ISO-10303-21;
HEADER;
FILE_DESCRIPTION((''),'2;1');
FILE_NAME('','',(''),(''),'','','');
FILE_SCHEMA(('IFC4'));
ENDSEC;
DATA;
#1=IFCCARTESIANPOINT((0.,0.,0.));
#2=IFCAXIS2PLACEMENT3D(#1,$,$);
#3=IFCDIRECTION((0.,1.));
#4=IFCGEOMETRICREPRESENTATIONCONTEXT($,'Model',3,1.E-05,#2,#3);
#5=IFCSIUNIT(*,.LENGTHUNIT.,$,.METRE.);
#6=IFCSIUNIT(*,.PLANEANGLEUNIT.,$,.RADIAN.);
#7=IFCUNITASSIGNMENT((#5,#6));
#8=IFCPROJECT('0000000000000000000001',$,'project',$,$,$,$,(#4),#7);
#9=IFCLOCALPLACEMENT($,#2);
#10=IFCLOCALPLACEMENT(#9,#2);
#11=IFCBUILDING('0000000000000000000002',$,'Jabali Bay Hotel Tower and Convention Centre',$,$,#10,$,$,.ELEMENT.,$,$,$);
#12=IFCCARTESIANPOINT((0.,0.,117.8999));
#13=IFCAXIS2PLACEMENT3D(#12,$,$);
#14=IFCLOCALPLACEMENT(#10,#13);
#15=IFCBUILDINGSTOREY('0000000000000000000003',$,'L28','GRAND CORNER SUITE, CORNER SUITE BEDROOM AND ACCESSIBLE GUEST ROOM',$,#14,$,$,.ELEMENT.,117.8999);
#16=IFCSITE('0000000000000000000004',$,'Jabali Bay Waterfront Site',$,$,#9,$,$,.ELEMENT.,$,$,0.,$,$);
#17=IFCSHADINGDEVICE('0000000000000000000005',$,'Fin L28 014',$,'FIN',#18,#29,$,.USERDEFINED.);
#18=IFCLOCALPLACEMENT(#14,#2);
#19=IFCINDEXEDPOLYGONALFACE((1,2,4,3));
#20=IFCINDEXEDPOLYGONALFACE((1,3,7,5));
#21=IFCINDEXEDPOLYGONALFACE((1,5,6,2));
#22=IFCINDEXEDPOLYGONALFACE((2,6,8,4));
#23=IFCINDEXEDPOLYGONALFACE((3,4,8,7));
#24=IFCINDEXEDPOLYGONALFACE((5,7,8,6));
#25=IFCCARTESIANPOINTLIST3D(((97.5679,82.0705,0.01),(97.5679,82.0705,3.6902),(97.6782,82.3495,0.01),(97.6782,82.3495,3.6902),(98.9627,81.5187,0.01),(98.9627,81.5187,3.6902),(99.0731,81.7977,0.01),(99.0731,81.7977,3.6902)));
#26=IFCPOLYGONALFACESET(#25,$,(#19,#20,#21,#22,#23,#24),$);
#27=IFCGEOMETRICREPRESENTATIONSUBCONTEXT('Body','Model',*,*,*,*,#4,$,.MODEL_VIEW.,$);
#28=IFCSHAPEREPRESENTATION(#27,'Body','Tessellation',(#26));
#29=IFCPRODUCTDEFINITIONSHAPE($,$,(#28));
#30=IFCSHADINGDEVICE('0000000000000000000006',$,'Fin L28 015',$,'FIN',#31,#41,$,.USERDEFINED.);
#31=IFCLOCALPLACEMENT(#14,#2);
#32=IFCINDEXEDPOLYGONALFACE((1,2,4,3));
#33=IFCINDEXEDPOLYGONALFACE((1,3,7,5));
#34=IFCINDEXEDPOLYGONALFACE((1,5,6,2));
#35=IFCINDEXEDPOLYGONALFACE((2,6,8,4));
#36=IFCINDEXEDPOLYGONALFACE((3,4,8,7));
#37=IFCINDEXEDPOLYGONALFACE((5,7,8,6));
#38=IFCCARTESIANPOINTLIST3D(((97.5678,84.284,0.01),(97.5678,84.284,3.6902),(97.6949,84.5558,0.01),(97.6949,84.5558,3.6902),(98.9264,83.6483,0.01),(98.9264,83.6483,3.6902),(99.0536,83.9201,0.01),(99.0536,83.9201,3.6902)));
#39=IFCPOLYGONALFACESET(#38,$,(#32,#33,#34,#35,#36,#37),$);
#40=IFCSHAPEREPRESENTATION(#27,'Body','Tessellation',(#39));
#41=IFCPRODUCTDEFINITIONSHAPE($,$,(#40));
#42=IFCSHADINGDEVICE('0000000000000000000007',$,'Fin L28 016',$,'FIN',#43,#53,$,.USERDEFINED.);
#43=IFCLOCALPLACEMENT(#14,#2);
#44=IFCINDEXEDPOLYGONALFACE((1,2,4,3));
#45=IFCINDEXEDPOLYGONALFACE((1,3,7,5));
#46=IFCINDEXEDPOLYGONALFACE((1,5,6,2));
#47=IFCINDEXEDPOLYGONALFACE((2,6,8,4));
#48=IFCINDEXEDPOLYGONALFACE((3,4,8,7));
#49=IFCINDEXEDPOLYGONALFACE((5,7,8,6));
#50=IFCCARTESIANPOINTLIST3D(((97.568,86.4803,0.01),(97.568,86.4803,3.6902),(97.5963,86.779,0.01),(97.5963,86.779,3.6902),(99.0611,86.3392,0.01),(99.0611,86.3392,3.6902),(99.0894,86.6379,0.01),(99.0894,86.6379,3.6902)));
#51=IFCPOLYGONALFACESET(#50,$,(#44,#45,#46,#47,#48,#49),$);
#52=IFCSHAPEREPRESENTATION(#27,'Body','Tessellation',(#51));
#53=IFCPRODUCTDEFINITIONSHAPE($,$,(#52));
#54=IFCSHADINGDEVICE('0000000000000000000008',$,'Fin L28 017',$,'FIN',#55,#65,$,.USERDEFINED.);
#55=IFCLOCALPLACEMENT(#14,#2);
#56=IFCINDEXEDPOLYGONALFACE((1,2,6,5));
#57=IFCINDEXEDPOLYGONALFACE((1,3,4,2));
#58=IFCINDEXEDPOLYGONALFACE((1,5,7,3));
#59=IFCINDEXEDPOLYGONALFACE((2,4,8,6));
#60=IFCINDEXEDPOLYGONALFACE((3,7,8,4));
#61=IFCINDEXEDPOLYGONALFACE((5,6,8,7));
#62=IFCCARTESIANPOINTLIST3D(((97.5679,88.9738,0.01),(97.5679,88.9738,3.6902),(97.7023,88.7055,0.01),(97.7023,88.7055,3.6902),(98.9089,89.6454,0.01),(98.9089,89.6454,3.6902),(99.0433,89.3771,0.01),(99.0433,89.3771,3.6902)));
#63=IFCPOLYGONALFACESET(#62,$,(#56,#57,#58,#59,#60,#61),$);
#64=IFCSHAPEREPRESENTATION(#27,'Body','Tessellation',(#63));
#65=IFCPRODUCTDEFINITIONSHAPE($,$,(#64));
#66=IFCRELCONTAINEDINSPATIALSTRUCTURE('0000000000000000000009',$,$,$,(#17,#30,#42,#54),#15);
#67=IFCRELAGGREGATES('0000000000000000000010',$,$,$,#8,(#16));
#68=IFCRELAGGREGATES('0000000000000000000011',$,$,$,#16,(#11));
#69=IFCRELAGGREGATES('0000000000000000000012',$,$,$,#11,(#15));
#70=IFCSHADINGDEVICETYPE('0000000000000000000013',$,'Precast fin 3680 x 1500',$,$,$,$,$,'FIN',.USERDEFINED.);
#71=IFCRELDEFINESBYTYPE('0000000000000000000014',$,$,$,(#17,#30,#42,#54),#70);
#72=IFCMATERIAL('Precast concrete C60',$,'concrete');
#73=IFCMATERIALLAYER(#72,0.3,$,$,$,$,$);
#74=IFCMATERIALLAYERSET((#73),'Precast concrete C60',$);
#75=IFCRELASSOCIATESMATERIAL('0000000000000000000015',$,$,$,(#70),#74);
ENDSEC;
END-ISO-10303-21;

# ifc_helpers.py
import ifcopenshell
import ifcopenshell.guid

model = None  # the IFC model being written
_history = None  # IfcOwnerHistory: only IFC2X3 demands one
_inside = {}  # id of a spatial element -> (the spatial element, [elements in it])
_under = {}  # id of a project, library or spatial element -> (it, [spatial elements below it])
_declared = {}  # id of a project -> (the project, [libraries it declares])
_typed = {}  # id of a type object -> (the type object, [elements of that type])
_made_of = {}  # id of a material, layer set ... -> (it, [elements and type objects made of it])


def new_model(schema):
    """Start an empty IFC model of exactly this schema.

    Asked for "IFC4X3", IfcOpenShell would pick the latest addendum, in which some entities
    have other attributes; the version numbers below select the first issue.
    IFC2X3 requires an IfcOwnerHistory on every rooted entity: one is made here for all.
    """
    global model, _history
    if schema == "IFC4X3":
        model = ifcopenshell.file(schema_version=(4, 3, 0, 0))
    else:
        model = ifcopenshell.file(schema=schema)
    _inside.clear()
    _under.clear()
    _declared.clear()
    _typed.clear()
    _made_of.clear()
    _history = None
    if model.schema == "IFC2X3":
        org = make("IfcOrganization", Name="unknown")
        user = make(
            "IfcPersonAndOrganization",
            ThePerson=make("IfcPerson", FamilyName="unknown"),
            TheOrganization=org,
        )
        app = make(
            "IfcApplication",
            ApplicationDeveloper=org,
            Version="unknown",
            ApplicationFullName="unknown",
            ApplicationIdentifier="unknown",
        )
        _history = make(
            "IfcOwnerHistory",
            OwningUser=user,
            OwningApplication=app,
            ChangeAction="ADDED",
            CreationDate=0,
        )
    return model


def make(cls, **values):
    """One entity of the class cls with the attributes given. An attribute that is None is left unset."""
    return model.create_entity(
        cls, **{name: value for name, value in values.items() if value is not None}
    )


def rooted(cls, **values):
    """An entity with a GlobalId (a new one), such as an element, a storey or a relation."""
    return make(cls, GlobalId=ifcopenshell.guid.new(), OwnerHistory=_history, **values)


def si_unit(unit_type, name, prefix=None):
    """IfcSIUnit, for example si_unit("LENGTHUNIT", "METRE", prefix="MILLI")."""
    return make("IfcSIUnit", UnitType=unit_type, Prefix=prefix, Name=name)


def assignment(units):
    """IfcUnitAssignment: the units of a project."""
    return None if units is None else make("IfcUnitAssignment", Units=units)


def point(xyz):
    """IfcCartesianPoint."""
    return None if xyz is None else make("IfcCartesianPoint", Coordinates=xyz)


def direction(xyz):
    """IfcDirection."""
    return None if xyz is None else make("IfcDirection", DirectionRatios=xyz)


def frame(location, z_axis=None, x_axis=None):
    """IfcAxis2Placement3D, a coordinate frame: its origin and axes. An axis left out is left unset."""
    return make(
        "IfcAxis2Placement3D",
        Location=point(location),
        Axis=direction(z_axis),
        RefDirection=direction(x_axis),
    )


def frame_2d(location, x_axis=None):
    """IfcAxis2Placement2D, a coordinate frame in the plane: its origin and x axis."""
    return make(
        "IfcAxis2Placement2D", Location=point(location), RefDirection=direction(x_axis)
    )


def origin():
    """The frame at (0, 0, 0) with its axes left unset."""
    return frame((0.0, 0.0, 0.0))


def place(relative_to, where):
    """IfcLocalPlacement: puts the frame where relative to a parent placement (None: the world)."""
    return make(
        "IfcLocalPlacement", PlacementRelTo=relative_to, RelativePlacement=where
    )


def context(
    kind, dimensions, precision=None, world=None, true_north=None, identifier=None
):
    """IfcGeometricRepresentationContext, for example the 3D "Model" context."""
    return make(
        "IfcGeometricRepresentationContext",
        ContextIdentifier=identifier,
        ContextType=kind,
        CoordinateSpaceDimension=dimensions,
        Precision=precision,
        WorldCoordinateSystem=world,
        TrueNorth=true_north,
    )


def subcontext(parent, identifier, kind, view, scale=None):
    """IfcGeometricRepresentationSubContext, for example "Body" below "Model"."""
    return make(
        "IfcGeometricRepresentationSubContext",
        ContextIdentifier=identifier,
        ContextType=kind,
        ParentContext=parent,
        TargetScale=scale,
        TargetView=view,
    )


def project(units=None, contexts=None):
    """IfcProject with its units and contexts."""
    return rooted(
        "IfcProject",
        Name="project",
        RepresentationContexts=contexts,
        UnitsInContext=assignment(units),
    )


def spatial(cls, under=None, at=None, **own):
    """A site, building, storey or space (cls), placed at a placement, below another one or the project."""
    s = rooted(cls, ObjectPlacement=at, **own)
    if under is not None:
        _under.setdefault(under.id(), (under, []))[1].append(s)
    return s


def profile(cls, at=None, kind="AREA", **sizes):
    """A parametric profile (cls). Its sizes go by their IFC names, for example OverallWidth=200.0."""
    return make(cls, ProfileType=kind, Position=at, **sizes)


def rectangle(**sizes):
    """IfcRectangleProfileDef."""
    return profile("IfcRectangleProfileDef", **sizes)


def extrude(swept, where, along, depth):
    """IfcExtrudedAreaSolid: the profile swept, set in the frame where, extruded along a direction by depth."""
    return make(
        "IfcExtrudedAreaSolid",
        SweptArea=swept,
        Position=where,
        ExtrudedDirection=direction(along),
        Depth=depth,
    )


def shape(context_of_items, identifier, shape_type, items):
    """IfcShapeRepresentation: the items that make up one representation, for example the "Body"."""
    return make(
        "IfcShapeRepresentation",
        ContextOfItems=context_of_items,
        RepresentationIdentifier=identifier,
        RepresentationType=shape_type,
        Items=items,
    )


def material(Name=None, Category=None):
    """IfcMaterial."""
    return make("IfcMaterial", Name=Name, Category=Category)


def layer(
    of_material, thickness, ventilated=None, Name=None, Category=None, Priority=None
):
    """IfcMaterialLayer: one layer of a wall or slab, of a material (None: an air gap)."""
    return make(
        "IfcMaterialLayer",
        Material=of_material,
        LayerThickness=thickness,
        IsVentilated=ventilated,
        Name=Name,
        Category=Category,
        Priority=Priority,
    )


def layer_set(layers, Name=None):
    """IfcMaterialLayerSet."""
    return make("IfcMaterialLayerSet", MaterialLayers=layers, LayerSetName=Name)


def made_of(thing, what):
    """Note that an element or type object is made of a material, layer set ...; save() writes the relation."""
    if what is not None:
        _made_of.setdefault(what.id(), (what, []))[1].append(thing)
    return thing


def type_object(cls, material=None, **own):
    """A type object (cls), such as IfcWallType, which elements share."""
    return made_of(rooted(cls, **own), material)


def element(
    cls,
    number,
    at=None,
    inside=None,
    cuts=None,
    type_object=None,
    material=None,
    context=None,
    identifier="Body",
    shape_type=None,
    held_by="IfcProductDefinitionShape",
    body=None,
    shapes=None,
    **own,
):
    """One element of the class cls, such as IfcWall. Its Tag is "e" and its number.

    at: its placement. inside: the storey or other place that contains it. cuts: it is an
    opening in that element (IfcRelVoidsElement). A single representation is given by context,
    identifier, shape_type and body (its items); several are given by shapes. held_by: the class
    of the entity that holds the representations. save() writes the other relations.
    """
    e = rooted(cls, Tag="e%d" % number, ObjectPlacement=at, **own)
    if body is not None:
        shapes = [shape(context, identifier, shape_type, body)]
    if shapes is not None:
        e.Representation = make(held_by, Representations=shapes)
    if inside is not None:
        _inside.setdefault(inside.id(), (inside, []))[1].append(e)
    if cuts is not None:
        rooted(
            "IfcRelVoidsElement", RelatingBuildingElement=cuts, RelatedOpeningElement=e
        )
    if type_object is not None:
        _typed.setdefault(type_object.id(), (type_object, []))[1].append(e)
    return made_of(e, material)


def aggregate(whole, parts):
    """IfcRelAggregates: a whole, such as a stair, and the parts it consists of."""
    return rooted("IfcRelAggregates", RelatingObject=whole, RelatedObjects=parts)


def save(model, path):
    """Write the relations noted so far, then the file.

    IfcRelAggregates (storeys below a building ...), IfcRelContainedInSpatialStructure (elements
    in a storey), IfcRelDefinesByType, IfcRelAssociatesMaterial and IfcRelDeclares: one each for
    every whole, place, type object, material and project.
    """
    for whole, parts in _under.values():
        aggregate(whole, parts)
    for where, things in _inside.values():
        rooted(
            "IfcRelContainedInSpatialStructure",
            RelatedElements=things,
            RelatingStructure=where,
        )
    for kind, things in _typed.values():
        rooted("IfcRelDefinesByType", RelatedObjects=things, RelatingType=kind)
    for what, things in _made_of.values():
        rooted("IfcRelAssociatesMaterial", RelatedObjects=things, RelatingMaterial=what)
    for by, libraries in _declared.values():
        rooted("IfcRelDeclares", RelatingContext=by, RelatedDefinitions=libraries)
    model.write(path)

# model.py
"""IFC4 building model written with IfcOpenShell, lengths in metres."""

from ifc_helpers import new_model, si_unit, direction, frame, frame_2d, origin, place, context, subcontext, project, spatial, rectangle, extrude, material, layer, layer_set, type_object, element, save


model = new_model("IFC4")

# Units and contexts
model_context = context("Model", 3, precision=1e-05, world=origin(), true_north=direction((0.0, 1.0)))
body_context = subcontext(model_context, "Body", "Model", "MODEL_VIEW")
ifc_project = project(units=[si_unit("LENGTHUNIT", "METRE"), si_unit("PLANEANGLEUNIT", "RADIAN")], contexts=[model_context])

# Site, building, storey
site_placement = place(None, origin())
site = spatial("IfcSite", under=ifc_project, at=site_placement, Name="Jabali Bay Waterfront Site", CompositionType="ELEMENT", RefElevation=0.0)
building_placement = place(site_placement, origin())
building = spatial("IfcBuilding", under=site, at=building_placement, Name="Jabali Bay Hotel Tower and Convention Centre", CompositionType="ELEMENT")
storey_placement = place(building_placement, frame((0.0, 0.0, 117.8999)))
storey = spatial("IfcBuildingStorey", under=building, at=storey_placement, Name="L28", Description="GRAND CORNER SUITE, CORNER SUITE BEDROOM AND ACCESSIBLE GUEST ROOM", CompositionType="ELEMENT", Elevation=117.8999)

# Shading devices
ifc_material_1 = material(Name="Precast concrete C60", Category="concrete")
ifc_layer_1 = layer(ifc_material_1, 0.3)
ifc_layer_set_1 = layer_set([ifc_layer_1], Name="Precast concrete C60")
shading_device_type_1 = type_object("IfcShadingDeviceType", Name="Precast fin 3680 x 1500", ElementType="FIN", PredefinedType="USERDEFINED", material=ifc_layer_set_1)
for number, where, z_axis, x_axis, name in (
    (1, (97.623, 82.21, 0.01), (0.0, 0.0, 1.0), (0.929884, -0.367852, 0.0), "Fin L28 014"),
    (2, (97.6313, 84.4199, 0.01), (0.0, 0.0, 1.0), (0.905746, -0.423821, 0.0), "Fin L28 015"),
):
    element("IfcShadingDevice", number, at=place(storey_placement, frame(where, z_axis=z_axis, x_axis=x_axis)), inside=storey, type_object=shading_device_type_1, Name=name, ObjectType="FIN", PredefinedType="USERDEFINED", context=body_context, shape_type="SweptSolid", body=[
        extrude(rectangle(XDim=1.5, YDim=0.3, at=frame_2d((0.75, 0.0))), origin(), (0.0, 0.0, 1.0), 3.6802),
    ])
for number, where, z_axis, x_axis, name in (
    (3, (97.582, 86.6296, 0.01), (0.0, 0.0, 1.0), (0.995564, -0.094087, 0.0), "Fin L28 016"),
    (4, (97.635, 88.8396, 0.01), (0.0, 0.0, 1.0), (0.894134, 0.447799, 0.0), "Fin L28 017"),
):
    element("IfcShadingDevice", number, at=place(storey_placement, frame(where, z_axis=z_axis, x_axis=x_axis)), inside=storey, type_object=shading_device_type_1, Name=name, ObjectType="FIN", PredefinedType="USERDEFINED", context=body_context, shape_type="SweptSolid", body=[
        extrude(rectangle(XDim=1.4998, YDim=0.3, at=frame_2d((0.75, 0.0))), origin(), (0.0, 0.0, 1.0), 3.6802),
    ])

save(model, "model.ifc")
